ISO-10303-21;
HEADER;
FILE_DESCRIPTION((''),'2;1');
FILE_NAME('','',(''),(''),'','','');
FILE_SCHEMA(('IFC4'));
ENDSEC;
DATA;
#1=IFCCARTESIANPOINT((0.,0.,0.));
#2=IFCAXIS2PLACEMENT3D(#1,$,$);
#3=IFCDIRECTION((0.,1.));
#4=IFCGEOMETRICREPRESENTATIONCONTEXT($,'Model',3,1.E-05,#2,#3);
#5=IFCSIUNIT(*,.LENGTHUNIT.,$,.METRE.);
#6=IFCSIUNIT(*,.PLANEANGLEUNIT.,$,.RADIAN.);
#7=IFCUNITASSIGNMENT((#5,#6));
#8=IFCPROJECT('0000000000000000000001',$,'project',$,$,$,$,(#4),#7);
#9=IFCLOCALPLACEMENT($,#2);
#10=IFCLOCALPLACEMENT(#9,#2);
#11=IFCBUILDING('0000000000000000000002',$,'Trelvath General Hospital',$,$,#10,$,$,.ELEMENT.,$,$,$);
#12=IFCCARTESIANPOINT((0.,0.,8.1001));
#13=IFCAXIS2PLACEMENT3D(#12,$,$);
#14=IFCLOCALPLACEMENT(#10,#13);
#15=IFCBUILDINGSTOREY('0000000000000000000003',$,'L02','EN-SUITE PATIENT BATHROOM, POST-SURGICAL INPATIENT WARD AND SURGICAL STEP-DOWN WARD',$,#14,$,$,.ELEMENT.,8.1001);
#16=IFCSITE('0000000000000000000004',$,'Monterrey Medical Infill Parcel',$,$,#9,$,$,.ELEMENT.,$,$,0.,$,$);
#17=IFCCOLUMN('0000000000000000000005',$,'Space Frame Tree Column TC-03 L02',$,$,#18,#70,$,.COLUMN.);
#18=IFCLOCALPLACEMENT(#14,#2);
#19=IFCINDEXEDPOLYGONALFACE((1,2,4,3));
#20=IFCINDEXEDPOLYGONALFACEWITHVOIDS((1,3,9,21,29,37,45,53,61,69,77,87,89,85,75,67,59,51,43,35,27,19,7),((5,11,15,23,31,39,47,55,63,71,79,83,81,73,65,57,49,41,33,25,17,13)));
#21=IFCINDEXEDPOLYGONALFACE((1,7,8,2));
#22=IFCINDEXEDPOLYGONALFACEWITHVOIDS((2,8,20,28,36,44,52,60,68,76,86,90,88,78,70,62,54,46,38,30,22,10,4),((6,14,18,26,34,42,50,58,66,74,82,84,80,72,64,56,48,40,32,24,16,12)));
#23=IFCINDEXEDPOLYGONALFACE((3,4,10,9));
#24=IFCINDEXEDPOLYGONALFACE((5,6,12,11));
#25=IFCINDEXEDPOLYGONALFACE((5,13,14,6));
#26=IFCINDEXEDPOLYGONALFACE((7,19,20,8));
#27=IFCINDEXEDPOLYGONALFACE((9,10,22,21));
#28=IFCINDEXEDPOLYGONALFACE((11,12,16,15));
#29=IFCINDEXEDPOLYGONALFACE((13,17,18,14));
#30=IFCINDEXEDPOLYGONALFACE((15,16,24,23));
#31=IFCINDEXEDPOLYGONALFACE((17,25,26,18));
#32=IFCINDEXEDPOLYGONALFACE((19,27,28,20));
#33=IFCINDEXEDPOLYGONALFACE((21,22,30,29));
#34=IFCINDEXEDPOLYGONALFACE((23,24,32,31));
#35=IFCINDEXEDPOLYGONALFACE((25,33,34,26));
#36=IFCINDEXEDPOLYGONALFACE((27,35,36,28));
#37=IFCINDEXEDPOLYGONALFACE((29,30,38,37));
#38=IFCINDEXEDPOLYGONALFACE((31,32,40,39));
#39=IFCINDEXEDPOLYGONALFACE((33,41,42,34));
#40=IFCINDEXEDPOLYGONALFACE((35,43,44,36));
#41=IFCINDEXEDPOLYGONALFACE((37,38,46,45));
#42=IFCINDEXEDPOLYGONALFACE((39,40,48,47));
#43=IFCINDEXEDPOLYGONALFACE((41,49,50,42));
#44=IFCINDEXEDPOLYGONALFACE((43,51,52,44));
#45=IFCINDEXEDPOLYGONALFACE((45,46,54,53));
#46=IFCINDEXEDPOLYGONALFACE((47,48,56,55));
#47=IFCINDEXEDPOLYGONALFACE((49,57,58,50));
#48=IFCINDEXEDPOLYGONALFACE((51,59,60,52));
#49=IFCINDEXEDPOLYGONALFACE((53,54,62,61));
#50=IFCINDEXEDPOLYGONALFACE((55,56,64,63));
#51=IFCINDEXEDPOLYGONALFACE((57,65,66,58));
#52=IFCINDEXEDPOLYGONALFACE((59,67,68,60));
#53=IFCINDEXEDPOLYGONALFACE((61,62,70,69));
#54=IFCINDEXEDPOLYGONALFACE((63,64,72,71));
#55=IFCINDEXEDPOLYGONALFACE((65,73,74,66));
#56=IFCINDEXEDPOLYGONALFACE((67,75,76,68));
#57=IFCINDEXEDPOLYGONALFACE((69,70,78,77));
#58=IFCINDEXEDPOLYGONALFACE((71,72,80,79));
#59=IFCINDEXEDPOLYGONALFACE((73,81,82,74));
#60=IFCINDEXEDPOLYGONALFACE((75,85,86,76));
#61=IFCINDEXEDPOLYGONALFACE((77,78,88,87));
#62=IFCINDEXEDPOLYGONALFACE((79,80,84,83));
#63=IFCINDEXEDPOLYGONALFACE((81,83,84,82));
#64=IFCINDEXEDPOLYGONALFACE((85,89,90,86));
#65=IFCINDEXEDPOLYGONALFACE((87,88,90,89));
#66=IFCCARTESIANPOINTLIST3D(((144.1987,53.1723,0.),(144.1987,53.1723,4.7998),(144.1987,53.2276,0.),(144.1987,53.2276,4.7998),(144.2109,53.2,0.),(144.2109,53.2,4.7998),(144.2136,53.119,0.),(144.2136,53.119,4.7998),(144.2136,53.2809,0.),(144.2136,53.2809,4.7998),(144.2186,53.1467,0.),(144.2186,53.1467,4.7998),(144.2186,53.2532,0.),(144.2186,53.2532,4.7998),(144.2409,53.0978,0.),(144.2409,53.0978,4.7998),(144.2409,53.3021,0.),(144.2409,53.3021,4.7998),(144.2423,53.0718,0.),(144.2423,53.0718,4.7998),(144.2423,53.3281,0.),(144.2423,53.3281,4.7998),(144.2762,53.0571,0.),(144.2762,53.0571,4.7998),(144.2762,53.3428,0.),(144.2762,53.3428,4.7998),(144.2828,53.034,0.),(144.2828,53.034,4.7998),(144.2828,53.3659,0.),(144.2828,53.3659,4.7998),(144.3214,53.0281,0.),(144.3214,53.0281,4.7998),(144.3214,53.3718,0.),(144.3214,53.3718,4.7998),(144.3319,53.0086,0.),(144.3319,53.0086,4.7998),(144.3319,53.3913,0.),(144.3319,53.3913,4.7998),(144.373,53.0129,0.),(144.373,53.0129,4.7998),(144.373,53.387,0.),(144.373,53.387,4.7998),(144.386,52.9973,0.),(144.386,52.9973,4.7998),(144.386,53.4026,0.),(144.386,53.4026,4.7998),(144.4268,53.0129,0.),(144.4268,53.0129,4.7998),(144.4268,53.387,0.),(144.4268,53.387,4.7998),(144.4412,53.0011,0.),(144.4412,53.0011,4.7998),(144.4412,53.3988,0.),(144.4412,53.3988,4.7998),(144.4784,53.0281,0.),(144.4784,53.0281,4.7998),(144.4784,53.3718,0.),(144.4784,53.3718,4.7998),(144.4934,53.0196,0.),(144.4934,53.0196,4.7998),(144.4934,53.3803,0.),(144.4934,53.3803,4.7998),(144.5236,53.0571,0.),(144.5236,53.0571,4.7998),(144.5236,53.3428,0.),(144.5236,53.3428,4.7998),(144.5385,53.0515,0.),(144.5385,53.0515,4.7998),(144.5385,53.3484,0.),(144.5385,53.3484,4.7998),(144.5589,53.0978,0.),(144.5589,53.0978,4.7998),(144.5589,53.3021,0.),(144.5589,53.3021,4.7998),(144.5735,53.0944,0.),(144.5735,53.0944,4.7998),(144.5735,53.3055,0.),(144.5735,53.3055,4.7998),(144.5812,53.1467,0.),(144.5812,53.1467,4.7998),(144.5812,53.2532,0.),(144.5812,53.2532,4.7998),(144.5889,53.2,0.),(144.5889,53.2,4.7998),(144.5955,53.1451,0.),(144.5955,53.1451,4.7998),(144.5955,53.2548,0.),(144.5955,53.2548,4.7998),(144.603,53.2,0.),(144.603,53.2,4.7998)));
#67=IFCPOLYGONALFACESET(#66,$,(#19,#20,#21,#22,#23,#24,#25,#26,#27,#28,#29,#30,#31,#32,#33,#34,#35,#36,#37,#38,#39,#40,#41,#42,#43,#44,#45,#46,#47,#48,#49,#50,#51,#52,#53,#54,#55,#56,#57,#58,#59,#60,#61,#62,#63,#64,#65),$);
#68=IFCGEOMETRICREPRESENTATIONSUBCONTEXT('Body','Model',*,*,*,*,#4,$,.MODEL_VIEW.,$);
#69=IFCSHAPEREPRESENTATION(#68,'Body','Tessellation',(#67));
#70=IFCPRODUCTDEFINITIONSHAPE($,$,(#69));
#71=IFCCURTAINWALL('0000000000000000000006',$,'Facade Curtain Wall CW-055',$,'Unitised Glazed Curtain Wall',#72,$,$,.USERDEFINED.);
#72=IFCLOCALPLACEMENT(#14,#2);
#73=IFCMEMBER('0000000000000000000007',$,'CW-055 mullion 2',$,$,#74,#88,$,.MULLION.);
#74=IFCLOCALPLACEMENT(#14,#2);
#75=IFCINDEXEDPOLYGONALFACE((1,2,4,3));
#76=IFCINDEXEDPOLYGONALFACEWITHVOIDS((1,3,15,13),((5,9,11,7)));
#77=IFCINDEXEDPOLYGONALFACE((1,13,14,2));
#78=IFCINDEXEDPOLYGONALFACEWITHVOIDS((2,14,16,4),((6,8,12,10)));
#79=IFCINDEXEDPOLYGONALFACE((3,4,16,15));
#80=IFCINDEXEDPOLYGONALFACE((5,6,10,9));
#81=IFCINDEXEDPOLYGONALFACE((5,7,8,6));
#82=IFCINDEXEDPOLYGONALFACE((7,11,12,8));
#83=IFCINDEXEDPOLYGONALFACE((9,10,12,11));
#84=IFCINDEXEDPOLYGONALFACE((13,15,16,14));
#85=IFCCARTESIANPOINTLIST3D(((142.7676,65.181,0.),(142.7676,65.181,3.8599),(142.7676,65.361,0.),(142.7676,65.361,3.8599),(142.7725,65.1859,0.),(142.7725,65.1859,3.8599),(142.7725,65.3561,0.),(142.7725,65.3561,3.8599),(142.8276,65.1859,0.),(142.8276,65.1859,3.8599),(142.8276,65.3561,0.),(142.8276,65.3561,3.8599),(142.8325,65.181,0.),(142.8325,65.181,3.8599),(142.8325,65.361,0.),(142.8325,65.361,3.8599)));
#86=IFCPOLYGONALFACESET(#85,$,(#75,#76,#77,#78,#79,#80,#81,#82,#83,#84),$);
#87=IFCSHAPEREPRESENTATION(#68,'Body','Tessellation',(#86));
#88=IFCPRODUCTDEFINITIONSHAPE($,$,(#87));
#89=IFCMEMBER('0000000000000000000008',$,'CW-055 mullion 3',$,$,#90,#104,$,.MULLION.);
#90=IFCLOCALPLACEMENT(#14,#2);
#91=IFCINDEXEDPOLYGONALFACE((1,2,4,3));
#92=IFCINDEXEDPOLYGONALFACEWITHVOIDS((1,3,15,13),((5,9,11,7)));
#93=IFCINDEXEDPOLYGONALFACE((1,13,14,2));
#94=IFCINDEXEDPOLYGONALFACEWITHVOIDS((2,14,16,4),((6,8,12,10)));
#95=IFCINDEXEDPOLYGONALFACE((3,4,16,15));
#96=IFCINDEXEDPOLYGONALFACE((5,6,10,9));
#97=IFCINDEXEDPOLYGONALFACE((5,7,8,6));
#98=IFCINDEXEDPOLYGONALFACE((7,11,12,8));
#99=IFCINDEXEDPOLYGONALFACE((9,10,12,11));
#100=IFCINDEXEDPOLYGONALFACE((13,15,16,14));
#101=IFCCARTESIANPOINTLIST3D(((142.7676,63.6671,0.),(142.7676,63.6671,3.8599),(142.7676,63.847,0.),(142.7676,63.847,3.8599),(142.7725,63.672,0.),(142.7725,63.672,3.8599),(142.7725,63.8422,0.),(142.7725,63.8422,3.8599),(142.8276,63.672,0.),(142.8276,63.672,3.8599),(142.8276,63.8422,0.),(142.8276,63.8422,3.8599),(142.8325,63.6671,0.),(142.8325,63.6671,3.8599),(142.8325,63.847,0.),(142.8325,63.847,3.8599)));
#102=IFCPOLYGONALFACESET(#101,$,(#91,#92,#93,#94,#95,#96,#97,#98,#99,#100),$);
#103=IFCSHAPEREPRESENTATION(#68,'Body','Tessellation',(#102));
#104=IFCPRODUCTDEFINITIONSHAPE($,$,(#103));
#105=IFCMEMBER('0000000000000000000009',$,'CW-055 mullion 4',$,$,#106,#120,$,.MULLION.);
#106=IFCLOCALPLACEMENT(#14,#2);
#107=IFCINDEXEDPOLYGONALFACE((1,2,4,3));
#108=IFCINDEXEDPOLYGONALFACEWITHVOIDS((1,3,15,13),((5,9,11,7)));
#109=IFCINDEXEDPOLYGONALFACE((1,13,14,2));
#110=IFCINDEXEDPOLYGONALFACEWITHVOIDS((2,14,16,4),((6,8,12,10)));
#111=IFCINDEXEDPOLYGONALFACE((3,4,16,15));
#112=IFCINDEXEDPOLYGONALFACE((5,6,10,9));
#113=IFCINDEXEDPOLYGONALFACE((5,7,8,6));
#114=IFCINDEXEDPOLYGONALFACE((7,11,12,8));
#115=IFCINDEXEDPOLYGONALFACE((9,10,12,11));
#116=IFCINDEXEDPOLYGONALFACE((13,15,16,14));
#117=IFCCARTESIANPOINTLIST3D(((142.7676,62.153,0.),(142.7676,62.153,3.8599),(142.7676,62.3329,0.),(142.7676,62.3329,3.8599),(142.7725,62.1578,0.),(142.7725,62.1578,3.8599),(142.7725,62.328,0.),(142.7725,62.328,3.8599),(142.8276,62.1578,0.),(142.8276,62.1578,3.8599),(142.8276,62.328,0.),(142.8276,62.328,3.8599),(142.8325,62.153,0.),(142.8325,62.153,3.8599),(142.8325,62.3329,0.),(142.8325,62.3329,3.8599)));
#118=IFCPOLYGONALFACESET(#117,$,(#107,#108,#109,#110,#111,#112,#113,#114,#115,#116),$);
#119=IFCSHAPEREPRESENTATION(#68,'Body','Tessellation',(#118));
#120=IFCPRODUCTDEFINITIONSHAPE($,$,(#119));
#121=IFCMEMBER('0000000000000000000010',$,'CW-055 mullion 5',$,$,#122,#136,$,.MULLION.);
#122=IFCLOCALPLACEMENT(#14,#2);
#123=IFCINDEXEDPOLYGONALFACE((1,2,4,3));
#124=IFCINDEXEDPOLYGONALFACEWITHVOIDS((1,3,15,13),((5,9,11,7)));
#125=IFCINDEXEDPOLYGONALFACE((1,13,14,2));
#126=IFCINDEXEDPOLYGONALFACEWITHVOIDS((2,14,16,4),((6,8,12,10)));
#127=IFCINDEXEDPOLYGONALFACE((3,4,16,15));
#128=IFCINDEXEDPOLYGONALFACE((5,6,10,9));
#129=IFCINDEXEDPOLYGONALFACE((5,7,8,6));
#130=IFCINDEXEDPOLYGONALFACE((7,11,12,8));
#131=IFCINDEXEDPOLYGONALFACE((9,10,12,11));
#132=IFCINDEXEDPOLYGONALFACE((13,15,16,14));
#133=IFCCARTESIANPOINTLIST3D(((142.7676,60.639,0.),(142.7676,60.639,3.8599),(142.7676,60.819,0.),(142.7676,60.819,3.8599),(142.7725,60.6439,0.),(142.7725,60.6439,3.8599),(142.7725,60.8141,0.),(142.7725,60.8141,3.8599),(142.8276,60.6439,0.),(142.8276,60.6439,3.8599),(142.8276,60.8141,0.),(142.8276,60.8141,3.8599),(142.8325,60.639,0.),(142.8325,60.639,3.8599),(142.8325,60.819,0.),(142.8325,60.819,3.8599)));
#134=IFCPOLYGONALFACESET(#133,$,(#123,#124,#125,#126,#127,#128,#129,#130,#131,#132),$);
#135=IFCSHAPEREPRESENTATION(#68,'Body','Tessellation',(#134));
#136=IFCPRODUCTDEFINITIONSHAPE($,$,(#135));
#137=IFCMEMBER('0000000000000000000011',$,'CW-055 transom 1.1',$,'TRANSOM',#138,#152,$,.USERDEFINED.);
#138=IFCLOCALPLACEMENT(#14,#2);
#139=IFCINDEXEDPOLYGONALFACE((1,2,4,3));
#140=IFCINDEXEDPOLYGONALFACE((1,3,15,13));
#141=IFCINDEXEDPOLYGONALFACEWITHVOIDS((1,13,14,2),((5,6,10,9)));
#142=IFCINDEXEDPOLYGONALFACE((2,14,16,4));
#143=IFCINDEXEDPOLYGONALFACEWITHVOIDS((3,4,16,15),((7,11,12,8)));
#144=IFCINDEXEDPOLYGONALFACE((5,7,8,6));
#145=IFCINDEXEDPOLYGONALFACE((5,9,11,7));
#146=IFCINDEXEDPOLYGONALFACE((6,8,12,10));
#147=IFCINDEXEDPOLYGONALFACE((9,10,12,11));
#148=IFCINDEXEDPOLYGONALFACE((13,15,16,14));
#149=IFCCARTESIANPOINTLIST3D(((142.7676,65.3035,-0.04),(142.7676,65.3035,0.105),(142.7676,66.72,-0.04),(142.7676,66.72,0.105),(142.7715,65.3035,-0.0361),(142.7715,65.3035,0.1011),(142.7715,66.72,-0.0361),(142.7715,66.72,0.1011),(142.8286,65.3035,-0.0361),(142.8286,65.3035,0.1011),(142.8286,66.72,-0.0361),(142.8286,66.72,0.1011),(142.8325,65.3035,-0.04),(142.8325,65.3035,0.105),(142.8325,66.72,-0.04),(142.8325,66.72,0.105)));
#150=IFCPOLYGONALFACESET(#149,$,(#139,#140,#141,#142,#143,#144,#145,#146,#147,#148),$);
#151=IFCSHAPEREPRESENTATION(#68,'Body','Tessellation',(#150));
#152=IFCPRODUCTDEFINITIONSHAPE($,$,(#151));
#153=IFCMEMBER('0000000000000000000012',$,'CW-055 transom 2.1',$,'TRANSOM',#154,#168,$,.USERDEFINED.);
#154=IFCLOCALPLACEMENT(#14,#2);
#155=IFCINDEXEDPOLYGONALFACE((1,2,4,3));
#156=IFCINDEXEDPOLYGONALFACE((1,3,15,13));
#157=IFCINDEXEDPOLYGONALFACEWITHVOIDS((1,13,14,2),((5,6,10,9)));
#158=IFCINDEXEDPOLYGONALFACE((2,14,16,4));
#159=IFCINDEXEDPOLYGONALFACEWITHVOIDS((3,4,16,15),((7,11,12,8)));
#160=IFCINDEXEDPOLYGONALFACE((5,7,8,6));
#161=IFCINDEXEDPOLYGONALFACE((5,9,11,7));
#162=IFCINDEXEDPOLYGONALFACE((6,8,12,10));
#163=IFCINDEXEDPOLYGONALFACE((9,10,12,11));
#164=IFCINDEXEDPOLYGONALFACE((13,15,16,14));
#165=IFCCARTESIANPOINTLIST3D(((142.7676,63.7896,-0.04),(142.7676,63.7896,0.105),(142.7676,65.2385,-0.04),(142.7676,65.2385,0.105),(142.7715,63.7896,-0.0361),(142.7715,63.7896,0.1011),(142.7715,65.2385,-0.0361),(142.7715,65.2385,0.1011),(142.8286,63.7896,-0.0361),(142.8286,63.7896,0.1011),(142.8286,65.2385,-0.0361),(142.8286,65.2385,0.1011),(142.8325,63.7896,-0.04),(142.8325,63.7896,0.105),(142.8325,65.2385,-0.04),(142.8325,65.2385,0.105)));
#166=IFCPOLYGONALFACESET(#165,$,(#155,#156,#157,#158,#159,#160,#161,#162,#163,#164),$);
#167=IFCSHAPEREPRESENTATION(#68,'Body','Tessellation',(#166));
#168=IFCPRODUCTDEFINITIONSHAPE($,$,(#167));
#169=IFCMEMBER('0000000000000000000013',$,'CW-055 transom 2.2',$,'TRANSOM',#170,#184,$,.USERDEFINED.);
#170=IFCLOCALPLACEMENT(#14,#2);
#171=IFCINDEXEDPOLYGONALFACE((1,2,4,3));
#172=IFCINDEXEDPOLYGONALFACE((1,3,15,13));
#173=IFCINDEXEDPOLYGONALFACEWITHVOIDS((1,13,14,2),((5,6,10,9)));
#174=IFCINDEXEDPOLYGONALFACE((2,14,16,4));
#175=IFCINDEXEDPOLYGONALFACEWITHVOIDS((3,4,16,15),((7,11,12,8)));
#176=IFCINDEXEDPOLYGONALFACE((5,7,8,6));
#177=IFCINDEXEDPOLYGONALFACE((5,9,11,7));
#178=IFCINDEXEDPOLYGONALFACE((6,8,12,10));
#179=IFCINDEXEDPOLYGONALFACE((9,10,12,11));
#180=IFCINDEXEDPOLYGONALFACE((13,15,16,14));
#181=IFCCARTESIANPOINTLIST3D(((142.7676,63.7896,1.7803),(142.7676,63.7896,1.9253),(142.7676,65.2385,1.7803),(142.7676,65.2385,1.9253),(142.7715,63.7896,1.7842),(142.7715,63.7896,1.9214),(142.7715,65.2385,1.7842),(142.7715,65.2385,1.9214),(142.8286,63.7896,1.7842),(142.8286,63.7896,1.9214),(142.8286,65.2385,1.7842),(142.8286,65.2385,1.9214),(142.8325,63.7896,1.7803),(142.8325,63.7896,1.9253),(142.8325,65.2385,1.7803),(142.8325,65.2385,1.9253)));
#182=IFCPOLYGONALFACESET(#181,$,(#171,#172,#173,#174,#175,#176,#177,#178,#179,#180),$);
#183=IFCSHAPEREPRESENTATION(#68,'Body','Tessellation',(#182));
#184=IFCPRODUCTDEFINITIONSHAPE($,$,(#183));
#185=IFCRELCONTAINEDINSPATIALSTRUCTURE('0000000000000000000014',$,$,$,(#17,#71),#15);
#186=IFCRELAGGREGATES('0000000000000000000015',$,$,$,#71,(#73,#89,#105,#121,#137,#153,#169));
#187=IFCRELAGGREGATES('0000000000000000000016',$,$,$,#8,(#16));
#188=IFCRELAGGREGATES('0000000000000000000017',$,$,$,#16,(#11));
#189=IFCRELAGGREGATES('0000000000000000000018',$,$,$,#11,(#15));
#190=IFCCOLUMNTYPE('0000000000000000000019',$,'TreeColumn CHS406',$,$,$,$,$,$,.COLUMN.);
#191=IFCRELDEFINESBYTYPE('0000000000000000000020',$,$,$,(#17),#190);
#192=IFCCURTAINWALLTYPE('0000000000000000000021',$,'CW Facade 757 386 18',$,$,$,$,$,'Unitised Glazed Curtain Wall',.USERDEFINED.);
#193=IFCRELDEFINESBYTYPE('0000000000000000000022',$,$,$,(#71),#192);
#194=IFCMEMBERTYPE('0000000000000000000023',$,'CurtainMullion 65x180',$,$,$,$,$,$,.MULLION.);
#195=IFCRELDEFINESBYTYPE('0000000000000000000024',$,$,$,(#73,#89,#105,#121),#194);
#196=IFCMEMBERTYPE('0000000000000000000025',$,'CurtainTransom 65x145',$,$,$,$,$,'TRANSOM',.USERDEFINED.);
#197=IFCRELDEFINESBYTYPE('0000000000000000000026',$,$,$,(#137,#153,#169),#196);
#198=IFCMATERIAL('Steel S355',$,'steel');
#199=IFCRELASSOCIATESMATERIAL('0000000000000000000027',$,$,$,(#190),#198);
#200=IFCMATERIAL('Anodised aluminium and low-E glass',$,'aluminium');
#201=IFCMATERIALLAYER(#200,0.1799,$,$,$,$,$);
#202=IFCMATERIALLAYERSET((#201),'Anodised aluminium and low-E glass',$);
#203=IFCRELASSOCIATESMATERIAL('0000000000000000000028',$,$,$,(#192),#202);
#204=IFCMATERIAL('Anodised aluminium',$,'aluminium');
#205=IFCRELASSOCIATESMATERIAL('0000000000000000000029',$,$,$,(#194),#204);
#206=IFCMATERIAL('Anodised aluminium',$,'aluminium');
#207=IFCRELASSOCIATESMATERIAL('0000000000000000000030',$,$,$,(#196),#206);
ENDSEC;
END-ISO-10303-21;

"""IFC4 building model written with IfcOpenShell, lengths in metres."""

from ifc_helpers import new_model, si_unit, direction, frame, origin, origin_2d, place, context, subcontext, project, spatial, hollow_rectangle, hollow_circle, extrude, material, layer, layer_set, material_profile, profile_set, type_object, element, aggregate, save


model = new_model("IFC4")

# Units and contexts
model_context = context("Model", 3, precision=1e-05, world=origin(), true_north=direction((0.0, 1.0)))
body_context = subcontext(model_context, "Body", "Model", "MODEL_VIEW")
ifc_project = project(units=[si_unit("LENGTHUNIT", "METRE"), si_unit("PLANEANGLEUNIT", "RADIAN")], contexts=[model_context])

# Site, building, storey
site_placement = place(None, origin())
site = spatial("IfcSite", under=ifc_project, at=site_placement, Name="Monterrey Medical Infill Parcel", CompositionType="ELEMENT", RefElevation=0.0)
building_placement = place(site_placement, origin())
building = spatial("IfcBuilding", under=site, at=building_placement, Name="Trelvath General Hospital", CompositionType="ELEMENT")
storey_placement = place(building_placement, frame((0.0, 0.0, 8.1001)))
storey = spatial("IfcBuildingStorey", under=building, at=storey_placement, Name="L02", Description="EN-SUITE PATIENT BATHROOM, POST-SURGICAL INPATIENT WARD AND SURGICAL STEP-DOWN WARD", CompositionType="ELEMENT", Elevation=8.1001)

# Column
ifc_material_1 = material(Name="Steel S355", Category="steel")
ifc_material_profile_1 = material_profile(ifc_material_1, hollow_circle(Radius=0.2031, WallThickness=0.0142, at=origin_2d()), Name="CHS406.4x14.2")
ifc_profile_set_1 = profile_set([ifc_material_profile_1], Name="Steel S355")
column_type = type_object("IfcColumnType", Name="TreeColumn CHS406", PredefinedType="COLUMN", material=ifc_profile_set_1)
column_placement = place(storey_placement, frame((144.3999, 53.2, 0.0), z_axis=(0.0, 0.0, 1.0), x_axis=(1.0, 0.0, 0.0)))
element("IfcColumn", 1, at=column_placement, inside=storey, type_object=column_type, Name="Space Frame Tree Column TC-03 L02", PredefinedType="COLUMN", context=body_context, shape_type="SweptSolid", body=[
    extrude(hollow_circle(Radius=0.2031, WallThickness=0.0142, at=origin_2d()), origin(), (0.0, 0.0, 1.0), 4.7998),
])

# Curtain wall, members
ifc_material_2 = material(Name="Anodised aluminium and low-E glass", Category="aluminium")
ifc_layer_1 = layer(ifc_material_2, 0.1799)
ifc_layer_set_1 = layer_set([ifc_layer_1], Name="Anodised aluminium and low-E glass")
curtain_wall_type = type_object("IfcCurtainWallType", Name="CW Facade 757 386 18", ElementType="Unitised Glazed Curtain Wall", PredefinedType="USERDEFINED", material=ifc_layer_set_1)
curtain_wall_placement = place(storey_placement, origin())
curtain_wall = element("IfcCurtainWall", 2, at=curtain_wall_placement, inside=storey, type_object=curtain_wall_type, Name="Facade Curtain Wall CW-055", ObjectType="Unitised Glazed Curtain Wall", PredefinedType="USERDEFINED")
ifc_material_3 = material(Name="Anodised aluminium", Category="aluminium")
ifc_material_profile_2 = material_profile(ifc_material_3, hollow_rectangle(XDim=0.0649, YDim=0.1799, WallThickness=0.0049, at=origin_2d()), Name="RHS65x180x5")
ifc_profile_set_2 = profile_set([ifc_material_profile_2], Name="Anodised aluminium")
member_type_1 = type_object("IfcMemberType", Name="CurtainMullion 65x180", PredefinedType="MULLION", material=ifc_profile_set_2)
member_1_placement = place(storey_placement, frame((142.8, 65.271, 0.0), z_axis=(0.0, 0.0, 1.0), x_axis=(1.0, 0.0, 0.0)))
member_1 = element("IfcMember", 3, at=member_1_placement, type_object=member_type_1, Name="CW-055 mullion 2", PredefinedType="MULLION", context=body_context, shape_type="SweptSolid", body=[
    extrude(hollow_rectangle(XDim=0.0649, YDim=0.1799, WallThickness=0.0049, at=origin_2d()), origin(), (0.0, 0.0, 1.0), 3.8599),
])
member_2_placement = place(storey_placement, frame((142.8, 63.7571, 0.0), z_axis=(0.0, 0.0, 1.0), x_axis=(1.0, 0.0, 0.0)))
member_2 = element("IfcMember", 4, at=member_2_placement, type_object=member_type_1, Name="CW-055 mullion 3", PredefinedType="MULLION", context=body_context, shape_type="SweptSolid", body=[
    extrude(hollow_rectangle(XDim=0.0649, YDim=0.1799, WallThickness=0.0049, at=origin_2d()), origin(), (0.0, 0.0, 1.0), 3.8599),
])
member_3_placement = place(storey_placement, frame((142.8, 62.2429, 0.0), z_axis=(0.0, 0.0, 1.0), x_axis=(1.0, 0.0, 0.0)))
member_3 = element("IfcMember", 5, at=member_3_placement, type_object=member_type_1, Name="CW-055 mullion 4", PredefinedType="MULLION", context=body_context, shape_type="SweptSolid", body=[
    extrude(hollow_rectangle(XDim=0.0649, YDim=0.1799, WallThickness=0.0049, at=origin_2d()), origin(), (0.0, 0.0, 1.0), 3.8599),
])
member_4_placement = place(storey_placement, frame((142.8, 60.729, 0.0), z_axis=(0.0, 0.0, 1.0), x_axis=(1.0, 0.0, 0.0)))
member_4 = element("IfcMember", 6, at=member_4_placement, type_object=member_type_1, Name="CW-055 mullion 5", PredefinedType="MULLION", context=body_context, shape_type="SweptSolid", body=[
    extrude(hollow_rectangle(XDim=0.0649, YDim=0.1799, WallThickness=0.0049, at=origin_2d()), origin(), (0.0, 0.0, 1.0), 3.8599),
])
ifc_material_4 = material(Name="Anodised aluminium", Category="aluminium")
ifc_material_profile_3 = material_profile(ifc_material_4, hollow_rectangle(XDim=0.0649, YDim=0.145, WallThickness=0.0039, at=origin_2d()), Name="RHS65x145x4")
ifc_profile_set_3 = profile_set([ifc_material_profile_3], Name="Anodised aluminium")
member_type_2 = type_object("IfcMemberType", Name="CurtainTransom 65x145", ElementType="TRANSOM", PredefinedType="USERDEFINED", material=ifc_profile_set_3)
member_5_placement = place(storey_placement, frame((142.8, 66.72, 0.0325), z_axis=(0.0, -1.0, 0.0), x_axis=(1.0, 0.0, 0.0)))
member_5 = element("IfcMember", 7, at=member_5_placement, type_object=member_type_2, Name="CW-055 transom 1.1", ObjectType="TRANSOM", PredefinedType="USERDEFINED", context=body_context, shape_type="SweptSolid", body=[
    extrude(hollow_rectangle(XDim=0.0649, YDim=0.145, WallThickness=0.0039, at=origin_2d()), origin(), (0.0, 0.0, 1.0), 1.4165),
])
member_6_placement = place(storey_placement, frame((142.8, 65.2385, 0.0325), z_axis=(0.0, -1.0, 0.0), x_axis=(1.0, 0.0, 0.0)))
member_6 = element("IfcMember", 8, at=member_6_placement, type_object=member_type_2, Name="CW-055 transom 2.1", ObjectType="TRANSOM", PredefinedType="USERDEFINED", context=body_context, shape_type="SweptSolid", body=[
    extrude(hollow_rectangle(XDim=0.0649, YDim=0.145, WallThickness=0.0039, at=origin_2d()), origin(), (0.0, 0.0, 1.0), 1.449),
])
member_7_placement = place(storey_placement, frame((142.8, 65.2385, 1.8528), z_axis=(0.0, -1.0, 0.0), x_axis=(1.0, 0.0, 0.0)))
member_7 = element("IfcMember", 9, at=member_7_placement, type_object=member_type_2, Name="CW-055 transom 2.2", ObjectType="TRANSOM", PredefinedType="USERDEFINED", context=body_context, shape_type="SweptSolid", body=[
    extrude(hollow_rectangle(XDim=0.0649, YDim=0.145, WallThickness=0.0039, at=origin_2d()), origin(), (0.0, 0.0, 1.0), 1.449),
])

aggregate(curtain_wall, [member_1, member_2, member_3, member_4, member_5, member_6, member_7])

save(model, "model.ifc")
